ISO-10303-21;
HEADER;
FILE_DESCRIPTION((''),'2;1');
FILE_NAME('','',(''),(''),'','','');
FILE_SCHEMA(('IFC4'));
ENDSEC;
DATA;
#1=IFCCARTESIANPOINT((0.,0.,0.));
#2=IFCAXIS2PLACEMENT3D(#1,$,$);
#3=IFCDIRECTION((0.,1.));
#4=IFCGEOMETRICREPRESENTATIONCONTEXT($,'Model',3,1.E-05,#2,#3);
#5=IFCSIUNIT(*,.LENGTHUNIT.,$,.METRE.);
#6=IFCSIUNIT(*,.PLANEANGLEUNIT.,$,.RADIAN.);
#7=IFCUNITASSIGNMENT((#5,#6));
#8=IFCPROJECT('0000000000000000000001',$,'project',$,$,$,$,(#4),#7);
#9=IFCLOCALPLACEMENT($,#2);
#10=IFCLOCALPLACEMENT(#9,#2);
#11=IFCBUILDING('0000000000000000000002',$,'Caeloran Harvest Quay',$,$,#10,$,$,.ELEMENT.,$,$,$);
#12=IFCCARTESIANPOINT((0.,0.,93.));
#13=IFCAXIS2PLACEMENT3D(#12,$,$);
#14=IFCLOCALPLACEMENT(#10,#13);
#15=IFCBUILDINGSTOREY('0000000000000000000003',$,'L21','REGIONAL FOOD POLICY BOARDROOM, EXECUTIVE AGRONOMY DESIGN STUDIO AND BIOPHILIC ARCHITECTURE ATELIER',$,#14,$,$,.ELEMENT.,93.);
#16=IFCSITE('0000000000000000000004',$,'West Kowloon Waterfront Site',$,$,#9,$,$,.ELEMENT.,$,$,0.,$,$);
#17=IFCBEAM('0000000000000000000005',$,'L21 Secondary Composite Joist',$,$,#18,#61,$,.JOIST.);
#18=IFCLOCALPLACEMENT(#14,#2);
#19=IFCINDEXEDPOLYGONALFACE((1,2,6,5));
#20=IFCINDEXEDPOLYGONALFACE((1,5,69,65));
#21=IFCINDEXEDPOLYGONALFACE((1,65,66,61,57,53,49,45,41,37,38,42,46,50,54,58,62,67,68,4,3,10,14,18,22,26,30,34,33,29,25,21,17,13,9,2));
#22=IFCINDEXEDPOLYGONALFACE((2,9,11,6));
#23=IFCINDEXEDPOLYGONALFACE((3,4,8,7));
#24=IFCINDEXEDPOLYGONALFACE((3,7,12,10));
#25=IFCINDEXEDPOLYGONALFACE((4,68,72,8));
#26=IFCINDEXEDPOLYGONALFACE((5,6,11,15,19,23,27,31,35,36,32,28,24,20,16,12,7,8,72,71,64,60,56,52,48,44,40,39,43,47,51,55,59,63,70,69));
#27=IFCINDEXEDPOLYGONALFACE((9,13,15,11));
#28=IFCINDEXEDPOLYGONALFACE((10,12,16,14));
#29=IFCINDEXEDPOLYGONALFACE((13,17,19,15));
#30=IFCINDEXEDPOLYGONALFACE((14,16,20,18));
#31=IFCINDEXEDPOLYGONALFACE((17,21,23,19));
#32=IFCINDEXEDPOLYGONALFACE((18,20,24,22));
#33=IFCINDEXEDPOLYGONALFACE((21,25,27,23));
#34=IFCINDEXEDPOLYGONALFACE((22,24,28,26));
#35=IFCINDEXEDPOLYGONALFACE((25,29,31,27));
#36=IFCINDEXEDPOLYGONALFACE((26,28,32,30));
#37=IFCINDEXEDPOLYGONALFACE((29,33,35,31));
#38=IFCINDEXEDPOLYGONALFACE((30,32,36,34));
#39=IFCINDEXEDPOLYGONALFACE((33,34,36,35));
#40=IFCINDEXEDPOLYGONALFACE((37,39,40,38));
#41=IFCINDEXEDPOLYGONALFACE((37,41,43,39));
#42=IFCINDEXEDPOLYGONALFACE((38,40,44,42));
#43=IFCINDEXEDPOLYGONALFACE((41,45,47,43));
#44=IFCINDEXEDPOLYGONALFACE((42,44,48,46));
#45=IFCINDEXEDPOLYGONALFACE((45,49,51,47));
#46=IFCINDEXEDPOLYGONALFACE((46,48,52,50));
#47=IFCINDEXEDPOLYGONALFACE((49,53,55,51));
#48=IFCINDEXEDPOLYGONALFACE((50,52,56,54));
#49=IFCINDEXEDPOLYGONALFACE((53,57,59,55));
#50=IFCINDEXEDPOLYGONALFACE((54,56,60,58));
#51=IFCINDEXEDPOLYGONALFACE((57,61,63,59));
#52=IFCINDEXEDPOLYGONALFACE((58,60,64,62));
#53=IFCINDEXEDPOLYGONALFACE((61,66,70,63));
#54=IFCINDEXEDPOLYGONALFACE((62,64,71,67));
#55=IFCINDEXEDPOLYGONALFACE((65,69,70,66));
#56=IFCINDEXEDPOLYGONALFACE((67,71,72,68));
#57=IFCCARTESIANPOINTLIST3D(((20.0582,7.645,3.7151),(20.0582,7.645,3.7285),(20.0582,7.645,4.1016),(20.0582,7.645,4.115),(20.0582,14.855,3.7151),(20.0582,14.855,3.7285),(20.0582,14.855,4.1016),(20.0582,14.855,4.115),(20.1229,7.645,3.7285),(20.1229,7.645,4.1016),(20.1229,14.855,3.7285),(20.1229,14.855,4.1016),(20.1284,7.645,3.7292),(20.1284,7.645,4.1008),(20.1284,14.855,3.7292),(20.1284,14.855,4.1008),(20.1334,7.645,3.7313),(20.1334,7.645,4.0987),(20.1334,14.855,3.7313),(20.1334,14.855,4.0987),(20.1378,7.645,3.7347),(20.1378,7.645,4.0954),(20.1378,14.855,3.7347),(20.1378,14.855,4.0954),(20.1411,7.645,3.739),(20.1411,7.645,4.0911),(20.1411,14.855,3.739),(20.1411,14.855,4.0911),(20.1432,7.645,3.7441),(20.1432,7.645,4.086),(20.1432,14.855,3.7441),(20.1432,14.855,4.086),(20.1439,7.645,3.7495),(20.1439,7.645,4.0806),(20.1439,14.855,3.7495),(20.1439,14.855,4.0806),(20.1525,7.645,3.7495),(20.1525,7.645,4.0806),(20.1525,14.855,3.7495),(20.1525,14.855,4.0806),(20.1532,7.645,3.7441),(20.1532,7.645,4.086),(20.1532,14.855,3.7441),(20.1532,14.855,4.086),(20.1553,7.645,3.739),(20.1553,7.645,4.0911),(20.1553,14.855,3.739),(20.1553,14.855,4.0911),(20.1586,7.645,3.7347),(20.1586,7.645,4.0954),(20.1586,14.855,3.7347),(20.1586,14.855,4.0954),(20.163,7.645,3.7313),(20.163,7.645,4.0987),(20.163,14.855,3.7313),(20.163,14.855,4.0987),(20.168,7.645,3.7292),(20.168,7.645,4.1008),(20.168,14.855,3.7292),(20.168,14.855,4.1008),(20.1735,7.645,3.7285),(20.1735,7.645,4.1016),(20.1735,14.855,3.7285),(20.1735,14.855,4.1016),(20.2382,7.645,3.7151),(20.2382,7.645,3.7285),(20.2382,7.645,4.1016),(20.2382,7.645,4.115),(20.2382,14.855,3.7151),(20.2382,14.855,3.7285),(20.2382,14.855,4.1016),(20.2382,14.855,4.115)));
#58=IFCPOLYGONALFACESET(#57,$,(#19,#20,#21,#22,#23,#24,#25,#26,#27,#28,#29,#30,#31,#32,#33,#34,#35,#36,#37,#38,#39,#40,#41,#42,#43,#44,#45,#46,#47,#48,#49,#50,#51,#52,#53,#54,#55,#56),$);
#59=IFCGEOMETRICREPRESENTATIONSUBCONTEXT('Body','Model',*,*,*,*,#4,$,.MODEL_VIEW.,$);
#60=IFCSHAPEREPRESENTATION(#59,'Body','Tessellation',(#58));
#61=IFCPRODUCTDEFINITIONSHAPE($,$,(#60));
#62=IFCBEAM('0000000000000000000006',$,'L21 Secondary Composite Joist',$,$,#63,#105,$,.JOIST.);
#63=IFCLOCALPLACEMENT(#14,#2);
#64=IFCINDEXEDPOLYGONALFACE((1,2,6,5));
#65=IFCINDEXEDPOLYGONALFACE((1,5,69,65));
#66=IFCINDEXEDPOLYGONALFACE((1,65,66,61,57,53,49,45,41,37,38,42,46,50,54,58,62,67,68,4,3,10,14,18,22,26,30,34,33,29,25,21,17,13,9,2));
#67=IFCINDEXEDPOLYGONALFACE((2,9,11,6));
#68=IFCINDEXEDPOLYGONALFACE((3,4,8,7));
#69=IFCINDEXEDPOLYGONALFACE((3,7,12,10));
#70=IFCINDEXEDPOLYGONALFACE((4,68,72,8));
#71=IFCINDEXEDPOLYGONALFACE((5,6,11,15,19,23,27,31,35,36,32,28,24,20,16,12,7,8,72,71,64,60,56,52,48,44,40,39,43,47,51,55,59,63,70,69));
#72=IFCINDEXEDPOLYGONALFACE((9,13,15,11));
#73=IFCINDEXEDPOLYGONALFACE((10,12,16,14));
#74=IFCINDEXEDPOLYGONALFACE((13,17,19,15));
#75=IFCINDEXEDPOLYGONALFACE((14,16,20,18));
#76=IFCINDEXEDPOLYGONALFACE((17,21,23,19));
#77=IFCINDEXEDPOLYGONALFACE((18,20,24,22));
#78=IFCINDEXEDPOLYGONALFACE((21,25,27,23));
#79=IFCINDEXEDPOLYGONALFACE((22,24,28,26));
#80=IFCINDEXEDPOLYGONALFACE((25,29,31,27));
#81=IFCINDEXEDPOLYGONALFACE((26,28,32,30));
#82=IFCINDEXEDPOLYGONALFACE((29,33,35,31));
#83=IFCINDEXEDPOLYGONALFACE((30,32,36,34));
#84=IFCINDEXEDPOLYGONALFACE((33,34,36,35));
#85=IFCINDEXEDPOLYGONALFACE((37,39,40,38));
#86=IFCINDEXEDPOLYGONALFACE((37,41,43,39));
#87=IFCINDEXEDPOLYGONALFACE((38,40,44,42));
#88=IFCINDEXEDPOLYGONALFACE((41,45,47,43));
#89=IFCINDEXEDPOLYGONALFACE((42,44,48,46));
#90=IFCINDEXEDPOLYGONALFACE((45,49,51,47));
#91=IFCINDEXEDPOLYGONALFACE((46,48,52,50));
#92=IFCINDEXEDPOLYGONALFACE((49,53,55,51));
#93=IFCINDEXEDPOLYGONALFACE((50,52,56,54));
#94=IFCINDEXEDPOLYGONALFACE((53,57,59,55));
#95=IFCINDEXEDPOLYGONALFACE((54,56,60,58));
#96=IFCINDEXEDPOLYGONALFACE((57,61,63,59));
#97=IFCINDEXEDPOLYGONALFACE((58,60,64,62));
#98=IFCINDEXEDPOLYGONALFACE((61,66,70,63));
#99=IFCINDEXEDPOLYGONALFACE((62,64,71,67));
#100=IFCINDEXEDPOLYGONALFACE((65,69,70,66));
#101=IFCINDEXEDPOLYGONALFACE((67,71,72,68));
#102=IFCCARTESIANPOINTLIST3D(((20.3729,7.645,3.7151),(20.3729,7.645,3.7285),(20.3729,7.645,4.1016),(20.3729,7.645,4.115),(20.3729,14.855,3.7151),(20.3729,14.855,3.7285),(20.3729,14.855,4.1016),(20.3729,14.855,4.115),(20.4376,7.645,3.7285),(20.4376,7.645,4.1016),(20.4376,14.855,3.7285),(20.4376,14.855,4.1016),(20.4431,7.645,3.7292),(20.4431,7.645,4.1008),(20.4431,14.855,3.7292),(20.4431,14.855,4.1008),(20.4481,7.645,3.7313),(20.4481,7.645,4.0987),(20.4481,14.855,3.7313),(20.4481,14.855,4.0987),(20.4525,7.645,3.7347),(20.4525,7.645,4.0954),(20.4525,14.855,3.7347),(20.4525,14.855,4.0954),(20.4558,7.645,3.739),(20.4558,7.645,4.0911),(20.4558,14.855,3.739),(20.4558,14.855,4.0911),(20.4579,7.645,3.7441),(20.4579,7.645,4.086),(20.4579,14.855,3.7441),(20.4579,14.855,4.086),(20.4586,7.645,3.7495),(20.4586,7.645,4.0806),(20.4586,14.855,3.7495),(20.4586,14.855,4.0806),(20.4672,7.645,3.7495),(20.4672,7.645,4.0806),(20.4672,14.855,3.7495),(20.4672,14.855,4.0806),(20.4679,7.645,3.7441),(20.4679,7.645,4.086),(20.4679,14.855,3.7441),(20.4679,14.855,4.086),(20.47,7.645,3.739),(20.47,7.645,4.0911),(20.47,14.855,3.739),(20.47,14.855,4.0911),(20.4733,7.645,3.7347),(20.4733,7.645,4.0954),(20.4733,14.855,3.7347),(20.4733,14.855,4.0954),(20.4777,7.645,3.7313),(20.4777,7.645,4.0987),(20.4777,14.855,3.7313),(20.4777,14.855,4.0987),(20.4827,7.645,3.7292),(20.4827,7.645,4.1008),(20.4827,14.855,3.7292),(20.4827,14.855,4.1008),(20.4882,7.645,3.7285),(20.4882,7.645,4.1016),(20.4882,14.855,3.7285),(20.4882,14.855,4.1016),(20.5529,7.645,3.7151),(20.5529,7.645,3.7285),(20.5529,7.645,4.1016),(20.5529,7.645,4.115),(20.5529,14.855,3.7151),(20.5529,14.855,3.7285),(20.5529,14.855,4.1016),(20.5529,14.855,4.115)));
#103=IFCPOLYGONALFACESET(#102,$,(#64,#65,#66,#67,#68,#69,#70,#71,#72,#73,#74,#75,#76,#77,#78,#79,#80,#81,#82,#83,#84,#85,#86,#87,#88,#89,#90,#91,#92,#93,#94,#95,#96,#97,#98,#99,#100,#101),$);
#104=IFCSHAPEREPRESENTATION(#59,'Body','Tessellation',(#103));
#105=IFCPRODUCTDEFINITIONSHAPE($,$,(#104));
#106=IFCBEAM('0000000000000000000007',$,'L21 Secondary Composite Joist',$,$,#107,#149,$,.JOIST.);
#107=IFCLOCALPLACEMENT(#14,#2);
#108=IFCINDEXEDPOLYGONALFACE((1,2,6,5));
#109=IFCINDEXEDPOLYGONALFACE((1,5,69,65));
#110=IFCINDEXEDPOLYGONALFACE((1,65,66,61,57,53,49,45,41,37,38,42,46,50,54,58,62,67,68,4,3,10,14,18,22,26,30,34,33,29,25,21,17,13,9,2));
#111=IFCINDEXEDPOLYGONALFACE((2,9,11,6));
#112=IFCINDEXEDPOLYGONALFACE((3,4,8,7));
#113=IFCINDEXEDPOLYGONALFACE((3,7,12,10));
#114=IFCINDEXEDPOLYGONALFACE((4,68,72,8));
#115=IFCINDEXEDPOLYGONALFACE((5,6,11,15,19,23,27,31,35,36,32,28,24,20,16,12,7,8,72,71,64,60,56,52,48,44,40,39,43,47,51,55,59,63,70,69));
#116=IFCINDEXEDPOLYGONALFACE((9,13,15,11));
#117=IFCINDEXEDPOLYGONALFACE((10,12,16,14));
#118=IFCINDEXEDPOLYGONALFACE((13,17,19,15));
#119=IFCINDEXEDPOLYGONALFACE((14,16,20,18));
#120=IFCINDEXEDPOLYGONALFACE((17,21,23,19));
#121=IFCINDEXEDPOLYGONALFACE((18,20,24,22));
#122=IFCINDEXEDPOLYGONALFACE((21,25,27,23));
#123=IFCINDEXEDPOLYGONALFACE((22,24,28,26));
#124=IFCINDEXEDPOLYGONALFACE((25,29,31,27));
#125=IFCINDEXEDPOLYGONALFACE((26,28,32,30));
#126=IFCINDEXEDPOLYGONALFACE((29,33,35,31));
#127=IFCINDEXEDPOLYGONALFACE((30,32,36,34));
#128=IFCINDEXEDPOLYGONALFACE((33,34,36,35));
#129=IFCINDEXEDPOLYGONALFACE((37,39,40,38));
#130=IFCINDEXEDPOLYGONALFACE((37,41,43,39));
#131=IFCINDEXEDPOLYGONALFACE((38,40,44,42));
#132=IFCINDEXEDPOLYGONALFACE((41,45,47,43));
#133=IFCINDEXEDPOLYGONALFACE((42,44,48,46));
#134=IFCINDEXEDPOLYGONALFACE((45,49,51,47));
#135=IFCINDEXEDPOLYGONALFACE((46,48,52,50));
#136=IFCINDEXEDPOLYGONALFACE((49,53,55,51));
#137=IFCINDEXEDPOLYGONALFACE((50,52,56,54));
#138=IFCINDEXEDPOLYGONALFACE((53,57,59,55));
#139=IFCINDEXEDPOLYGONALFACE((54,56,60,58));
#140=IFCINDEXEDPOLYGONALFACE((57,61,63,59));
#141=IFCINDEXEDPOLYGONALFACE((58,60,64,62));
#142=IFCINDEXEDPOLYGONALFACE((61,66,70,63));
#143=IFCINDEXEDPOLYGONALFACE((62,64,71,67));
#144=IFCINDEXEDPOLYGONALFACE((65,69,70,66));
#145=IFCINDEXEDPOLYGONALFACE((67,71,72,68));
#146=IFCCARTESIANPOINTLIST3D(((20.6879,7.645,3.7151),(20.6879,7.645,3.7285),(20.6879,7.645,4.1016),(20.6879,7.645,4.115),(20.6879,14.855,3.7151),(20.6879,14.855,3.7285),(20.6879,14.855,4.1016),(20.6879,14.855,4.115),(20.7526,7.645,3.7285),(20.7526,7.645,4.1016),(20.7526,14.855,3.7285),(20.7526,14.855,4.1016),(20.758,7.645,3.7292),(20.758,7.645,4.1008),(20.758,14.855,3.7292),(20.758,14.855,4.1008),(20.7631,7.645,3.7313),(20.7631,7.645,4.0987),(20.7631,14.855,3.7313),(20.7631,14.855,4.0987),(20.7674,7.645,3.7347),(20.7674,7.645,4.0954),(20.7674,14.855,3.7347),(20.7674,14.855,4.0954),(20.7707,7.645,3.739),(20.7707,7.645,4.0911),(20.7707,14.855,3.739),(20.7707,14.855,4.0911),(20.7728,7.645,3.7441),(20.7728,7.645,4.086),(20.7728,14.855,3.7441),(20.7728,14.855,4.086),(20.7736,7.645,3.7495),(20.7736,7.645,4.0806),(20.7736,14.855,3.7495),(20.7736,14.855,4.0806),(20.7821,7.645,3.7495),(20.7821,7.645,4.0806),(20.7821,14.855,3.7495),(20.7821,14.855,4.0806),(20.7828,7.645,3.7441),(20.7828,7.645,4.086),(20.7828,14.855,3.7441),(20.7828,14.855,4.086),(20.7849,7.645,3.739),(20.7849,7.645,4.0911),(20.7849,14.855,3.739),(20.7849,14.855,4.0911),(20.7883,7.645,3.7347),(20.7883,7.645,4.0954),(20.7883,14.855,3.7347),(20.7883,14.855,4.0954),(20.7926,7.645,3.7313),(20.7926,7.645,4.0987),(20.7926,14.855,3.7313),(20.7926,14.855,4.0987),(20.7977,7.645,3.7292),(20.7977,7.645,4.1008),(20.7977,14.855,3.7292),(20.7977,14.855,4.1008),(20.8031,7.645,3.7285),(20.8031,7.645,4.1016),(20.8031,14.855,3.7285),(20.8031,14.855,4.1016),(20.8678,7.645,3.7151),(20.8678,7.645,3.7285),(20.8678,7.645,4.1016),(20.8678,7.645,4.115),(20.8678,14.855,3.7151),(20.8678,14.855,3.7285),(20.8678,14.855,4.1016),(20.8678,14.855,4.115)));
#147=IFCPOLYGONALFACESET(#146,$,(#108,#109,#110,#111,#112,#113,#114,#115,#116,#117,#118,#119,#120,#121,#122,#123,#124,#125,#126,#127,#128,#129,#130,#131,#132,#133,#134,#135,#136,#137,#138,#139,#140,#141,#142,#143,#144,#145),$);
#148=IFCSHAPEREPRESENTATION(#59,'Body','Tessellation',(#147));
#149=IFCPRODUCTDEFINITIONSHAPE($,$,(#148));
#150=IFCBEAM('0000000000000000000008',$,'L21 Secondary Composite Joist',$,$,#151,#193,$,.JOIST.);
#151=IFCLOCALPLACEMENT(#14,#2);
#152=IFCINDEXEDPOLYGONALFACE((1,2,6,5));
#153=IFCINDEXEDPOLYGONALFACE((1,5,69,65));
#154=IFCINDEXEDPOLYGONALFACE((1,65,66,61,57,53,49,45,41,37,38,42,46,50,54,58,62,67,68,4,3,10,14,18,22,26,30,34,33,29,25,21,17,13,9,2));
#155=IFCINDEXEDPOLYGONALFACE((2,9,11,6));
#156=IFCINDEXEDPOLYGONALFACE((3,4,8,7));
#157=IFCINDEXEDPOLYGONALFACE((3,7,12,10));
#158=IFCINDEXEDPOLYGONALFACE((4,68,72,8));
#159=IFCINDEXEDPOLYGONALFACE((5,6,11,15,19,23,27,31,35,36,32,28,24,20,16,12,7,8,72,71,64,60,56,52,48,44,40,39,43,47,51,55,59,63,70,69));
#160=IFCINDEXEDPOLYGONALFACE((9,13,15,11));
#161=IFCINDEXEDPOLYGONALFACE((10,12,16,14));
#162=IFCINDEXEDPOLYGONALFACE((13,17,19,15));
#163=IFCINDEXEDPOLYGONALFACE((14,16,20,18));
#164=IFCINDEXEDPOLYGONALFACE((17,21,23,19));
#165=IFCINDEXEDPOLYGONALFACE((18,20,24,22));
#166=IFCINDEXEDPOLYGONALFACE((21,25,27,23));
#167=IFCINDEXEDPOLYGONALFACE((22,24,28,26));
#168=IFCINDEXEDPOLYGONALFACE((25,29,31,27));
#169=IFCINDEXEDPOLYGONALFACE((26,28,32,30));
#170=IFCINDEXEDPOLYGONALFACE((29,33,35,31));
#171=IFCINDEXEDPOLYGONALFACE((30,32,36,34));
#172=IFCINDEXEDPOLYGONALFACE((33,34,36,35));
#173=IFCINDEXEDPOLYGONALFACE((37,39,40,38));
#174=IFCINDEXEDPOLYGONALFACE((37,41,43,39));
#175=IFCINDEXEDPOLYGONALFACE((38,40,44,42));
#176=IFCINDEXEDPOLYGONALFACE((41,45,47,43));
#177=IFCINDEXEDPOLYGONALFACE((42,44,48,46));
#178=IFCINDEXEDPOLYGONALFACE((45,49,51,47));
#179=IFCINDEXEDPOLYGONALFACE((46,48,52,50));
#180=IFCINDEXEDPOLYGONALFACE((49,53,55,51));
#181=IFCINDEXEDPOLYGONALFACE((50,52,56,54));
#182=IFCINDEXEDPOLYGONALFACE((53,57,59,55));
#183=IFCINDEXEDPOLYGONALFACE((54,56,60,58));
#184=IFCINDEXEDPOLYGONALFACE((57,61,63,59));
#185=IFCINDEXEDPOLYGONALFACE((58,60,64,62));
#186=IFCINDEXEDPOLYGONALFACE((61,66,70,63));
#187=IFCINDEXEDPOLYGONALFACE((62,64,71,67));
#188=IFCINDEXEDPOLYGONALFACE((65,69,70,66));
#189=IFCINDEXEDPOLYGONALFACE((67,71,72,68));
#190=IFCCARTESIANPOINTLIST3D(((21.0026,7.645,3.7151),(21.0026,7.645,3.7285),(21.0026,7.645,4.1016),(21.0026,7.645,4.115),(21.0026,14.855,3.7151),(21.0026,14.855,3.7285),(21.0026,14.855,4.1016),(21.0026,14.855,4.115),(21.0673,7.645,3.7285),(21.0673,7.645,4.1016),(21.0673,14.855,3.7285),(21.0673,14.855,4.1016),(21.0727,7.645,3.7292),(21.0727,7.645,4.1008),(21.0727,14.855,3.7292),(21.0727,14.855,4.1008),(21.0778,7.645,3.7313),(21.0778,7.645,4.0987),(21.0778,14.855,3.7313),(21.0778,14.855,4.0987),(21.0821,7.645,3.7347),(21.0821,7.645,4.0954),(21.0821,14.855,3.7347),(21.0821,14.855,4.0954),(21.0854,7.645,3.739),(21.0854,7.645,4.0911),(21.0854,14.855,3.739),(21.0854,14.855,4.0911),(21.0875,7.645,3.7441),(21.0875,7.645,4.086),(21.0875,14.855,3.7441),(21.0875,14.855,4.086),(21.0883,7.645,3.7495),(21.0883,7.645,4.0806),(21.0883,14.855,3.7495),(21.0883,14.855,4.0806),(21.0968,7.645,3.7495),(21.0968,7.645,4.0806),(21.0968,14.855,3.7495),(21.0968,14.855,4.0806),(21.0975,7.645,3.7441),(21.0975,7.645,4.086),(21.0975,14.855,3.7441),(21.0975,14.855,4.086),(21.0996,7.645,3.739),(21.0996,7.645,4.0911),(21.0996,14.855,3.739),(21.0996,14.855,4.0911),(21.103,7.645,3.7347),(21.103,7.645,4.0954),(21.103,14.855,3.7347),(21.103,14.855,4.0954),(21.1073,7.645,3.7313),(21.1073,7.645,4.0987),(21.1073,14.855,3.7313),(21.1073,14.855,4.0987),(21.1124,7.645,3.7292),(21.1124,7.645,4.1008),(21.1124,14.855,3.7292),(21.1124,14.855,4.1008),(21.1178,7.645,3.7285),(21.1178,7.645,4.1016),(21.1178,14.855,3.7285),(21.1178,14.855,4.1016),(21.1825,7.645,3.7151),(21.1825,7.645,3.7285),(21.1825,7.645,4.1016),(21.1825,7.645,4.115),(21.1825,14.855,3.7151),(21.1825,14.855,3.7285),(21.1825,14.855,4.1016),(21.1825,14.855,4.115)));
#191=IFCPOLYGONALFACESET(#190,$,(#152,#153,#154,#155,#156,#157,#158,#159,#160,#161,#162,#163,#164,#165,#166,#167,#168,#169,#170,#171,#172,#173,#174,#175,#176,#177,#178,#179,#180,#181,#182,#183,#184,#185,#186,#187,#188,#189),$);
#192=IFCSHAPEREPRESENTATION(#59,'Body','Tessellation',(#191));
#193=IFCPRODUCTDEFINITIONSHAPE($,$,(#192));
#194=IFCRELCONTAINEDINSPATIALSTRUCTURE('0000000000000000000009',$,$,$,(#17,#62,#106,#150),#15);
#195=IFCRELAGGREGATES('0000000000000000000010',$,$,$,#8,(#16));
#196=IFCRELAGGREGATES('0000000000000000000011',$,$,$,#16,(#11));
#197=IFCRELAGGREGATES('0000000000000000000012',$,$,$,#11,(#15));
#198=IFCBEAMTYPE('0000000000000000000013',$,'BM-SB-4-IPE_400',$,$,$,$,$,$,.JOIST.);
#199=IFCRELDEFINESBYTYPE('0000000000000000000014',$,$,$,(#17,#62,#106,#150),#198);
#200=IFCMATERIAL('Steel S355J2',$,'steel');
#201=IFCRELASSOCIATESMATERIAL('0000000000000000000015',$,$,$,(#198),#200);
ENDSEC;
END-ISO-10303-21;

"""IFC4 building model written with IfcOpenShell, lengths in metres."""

from ifc_helpers import new_model, si_unit, direction, frame, origin, origin_2d, place, context, subcontext, project, spatial, i_section, extrude, material, material_profile, profile_set, type_object, element, save


model = new_model("IFC4")

# Units and contexts
model_context = context("Model", 3, precision=1e-05, world=origin(), true_north=direction((0.0, 1.0)))
body_context = subcontext(model_context, "Body", "Model", "MODEL_VIEW")
ifc_project = project(units=[si_unit("LENGTHUNIT", "METRE"), si_unit("PLANEANGLEUNIT", "RADIAN")], contexts=[model_context])

# Site, building, storey
site_placement = place(None, origin())
site = spatial("IfcSite", under=ifc_project, at=site_placement, Name="West Kowloon Waterfront Site", CompositionType="ELEMENT", RefElevation=0.0)
building_placement = place(site_placement, origin())
building = spatial("IfcBuilding", under=site, at=building_placement, Name="Caeloran Harvest Quay", CompositionType="ELEMENT")
storey_placement = place(building_placement, frame((0.0, 0.0, 93.0)))
storey = spatial("IfcBuildingStorey", under=building, at=storey_placement, Name="L21", Description="REGIONAL FOOD POLICY BOARDROOM, EXECUTIVE AGRONOMY DESIGN STUDIO AND BIOPHILIC ARCHITECTURE ATELIER", CompositionType="ELEMENT", Elevation=93.0)

# Beams
ifc_material_1 = material(Name="Steel S355J2", Category="steel")
ifc_material_profile_1 = material_profile(ifc_material_1, i_section(OverallWidth=0.1799, OverallDepth=0.3999, WebThickness=0.0085, FlangeThickness=0.0134, FilletRadius=0.021, at=origin_2d()), Name="IPE 400")
ifc_profile_set_1 = profile_set([ifc_material_profile_1], Name="Steel S355J2")
beam_type_1 = type_object("IfcBeamType", Name="BM-SB-4-IPE_400", PredefinedType="JOIST", material=ifc_profile_set_1)
for number, where, z_axis, x_axis, name in (
    (1, (20.1482, 7.645, 3.915), (0.0, 1.0, 0.0), (-1.0, 0.0, 0.0), "L21 Secondary Composite Joist"),
    (2, (20.4629, 7.645, 3.915), (0.0, 1.0, 0.0), (-1.0, 0.0, 0.0), "L21 Secondary Composite Joist"),
    (3, (20.7778, 7.645, 3.915), (0.0, 1.0, 0.0), (-1.0, 0.0, 0.0), "L21 Secondary Composite Joist"),
    (4, (21.0925, 7.645, 3.915), (0.0, 1.0, 0.0), (-1.0, 0.0, 0.0), "L21 Secondary Composite Joist"),
):
    element("IfcBeam", number, at=place(storey_placement, frame(where, z_axis=z_axis, x_axis=x_axis)), inside=storey, type_object=beam_type_1, Name=name, PredefinedType="JOIST", context=body_context, shape_type="SweptSolid", body=[
        extrude(i_section(OverallWidth=0.1799, OverallDepth=0.3999, WebThickness=0.0085, FlangeThickness=0.0134, FilletRadius=0.021, at=origin_2d()), origin(), (0.0, 0.0, 1.0), 7.21),
    ])

save(model, "model.ifc")
